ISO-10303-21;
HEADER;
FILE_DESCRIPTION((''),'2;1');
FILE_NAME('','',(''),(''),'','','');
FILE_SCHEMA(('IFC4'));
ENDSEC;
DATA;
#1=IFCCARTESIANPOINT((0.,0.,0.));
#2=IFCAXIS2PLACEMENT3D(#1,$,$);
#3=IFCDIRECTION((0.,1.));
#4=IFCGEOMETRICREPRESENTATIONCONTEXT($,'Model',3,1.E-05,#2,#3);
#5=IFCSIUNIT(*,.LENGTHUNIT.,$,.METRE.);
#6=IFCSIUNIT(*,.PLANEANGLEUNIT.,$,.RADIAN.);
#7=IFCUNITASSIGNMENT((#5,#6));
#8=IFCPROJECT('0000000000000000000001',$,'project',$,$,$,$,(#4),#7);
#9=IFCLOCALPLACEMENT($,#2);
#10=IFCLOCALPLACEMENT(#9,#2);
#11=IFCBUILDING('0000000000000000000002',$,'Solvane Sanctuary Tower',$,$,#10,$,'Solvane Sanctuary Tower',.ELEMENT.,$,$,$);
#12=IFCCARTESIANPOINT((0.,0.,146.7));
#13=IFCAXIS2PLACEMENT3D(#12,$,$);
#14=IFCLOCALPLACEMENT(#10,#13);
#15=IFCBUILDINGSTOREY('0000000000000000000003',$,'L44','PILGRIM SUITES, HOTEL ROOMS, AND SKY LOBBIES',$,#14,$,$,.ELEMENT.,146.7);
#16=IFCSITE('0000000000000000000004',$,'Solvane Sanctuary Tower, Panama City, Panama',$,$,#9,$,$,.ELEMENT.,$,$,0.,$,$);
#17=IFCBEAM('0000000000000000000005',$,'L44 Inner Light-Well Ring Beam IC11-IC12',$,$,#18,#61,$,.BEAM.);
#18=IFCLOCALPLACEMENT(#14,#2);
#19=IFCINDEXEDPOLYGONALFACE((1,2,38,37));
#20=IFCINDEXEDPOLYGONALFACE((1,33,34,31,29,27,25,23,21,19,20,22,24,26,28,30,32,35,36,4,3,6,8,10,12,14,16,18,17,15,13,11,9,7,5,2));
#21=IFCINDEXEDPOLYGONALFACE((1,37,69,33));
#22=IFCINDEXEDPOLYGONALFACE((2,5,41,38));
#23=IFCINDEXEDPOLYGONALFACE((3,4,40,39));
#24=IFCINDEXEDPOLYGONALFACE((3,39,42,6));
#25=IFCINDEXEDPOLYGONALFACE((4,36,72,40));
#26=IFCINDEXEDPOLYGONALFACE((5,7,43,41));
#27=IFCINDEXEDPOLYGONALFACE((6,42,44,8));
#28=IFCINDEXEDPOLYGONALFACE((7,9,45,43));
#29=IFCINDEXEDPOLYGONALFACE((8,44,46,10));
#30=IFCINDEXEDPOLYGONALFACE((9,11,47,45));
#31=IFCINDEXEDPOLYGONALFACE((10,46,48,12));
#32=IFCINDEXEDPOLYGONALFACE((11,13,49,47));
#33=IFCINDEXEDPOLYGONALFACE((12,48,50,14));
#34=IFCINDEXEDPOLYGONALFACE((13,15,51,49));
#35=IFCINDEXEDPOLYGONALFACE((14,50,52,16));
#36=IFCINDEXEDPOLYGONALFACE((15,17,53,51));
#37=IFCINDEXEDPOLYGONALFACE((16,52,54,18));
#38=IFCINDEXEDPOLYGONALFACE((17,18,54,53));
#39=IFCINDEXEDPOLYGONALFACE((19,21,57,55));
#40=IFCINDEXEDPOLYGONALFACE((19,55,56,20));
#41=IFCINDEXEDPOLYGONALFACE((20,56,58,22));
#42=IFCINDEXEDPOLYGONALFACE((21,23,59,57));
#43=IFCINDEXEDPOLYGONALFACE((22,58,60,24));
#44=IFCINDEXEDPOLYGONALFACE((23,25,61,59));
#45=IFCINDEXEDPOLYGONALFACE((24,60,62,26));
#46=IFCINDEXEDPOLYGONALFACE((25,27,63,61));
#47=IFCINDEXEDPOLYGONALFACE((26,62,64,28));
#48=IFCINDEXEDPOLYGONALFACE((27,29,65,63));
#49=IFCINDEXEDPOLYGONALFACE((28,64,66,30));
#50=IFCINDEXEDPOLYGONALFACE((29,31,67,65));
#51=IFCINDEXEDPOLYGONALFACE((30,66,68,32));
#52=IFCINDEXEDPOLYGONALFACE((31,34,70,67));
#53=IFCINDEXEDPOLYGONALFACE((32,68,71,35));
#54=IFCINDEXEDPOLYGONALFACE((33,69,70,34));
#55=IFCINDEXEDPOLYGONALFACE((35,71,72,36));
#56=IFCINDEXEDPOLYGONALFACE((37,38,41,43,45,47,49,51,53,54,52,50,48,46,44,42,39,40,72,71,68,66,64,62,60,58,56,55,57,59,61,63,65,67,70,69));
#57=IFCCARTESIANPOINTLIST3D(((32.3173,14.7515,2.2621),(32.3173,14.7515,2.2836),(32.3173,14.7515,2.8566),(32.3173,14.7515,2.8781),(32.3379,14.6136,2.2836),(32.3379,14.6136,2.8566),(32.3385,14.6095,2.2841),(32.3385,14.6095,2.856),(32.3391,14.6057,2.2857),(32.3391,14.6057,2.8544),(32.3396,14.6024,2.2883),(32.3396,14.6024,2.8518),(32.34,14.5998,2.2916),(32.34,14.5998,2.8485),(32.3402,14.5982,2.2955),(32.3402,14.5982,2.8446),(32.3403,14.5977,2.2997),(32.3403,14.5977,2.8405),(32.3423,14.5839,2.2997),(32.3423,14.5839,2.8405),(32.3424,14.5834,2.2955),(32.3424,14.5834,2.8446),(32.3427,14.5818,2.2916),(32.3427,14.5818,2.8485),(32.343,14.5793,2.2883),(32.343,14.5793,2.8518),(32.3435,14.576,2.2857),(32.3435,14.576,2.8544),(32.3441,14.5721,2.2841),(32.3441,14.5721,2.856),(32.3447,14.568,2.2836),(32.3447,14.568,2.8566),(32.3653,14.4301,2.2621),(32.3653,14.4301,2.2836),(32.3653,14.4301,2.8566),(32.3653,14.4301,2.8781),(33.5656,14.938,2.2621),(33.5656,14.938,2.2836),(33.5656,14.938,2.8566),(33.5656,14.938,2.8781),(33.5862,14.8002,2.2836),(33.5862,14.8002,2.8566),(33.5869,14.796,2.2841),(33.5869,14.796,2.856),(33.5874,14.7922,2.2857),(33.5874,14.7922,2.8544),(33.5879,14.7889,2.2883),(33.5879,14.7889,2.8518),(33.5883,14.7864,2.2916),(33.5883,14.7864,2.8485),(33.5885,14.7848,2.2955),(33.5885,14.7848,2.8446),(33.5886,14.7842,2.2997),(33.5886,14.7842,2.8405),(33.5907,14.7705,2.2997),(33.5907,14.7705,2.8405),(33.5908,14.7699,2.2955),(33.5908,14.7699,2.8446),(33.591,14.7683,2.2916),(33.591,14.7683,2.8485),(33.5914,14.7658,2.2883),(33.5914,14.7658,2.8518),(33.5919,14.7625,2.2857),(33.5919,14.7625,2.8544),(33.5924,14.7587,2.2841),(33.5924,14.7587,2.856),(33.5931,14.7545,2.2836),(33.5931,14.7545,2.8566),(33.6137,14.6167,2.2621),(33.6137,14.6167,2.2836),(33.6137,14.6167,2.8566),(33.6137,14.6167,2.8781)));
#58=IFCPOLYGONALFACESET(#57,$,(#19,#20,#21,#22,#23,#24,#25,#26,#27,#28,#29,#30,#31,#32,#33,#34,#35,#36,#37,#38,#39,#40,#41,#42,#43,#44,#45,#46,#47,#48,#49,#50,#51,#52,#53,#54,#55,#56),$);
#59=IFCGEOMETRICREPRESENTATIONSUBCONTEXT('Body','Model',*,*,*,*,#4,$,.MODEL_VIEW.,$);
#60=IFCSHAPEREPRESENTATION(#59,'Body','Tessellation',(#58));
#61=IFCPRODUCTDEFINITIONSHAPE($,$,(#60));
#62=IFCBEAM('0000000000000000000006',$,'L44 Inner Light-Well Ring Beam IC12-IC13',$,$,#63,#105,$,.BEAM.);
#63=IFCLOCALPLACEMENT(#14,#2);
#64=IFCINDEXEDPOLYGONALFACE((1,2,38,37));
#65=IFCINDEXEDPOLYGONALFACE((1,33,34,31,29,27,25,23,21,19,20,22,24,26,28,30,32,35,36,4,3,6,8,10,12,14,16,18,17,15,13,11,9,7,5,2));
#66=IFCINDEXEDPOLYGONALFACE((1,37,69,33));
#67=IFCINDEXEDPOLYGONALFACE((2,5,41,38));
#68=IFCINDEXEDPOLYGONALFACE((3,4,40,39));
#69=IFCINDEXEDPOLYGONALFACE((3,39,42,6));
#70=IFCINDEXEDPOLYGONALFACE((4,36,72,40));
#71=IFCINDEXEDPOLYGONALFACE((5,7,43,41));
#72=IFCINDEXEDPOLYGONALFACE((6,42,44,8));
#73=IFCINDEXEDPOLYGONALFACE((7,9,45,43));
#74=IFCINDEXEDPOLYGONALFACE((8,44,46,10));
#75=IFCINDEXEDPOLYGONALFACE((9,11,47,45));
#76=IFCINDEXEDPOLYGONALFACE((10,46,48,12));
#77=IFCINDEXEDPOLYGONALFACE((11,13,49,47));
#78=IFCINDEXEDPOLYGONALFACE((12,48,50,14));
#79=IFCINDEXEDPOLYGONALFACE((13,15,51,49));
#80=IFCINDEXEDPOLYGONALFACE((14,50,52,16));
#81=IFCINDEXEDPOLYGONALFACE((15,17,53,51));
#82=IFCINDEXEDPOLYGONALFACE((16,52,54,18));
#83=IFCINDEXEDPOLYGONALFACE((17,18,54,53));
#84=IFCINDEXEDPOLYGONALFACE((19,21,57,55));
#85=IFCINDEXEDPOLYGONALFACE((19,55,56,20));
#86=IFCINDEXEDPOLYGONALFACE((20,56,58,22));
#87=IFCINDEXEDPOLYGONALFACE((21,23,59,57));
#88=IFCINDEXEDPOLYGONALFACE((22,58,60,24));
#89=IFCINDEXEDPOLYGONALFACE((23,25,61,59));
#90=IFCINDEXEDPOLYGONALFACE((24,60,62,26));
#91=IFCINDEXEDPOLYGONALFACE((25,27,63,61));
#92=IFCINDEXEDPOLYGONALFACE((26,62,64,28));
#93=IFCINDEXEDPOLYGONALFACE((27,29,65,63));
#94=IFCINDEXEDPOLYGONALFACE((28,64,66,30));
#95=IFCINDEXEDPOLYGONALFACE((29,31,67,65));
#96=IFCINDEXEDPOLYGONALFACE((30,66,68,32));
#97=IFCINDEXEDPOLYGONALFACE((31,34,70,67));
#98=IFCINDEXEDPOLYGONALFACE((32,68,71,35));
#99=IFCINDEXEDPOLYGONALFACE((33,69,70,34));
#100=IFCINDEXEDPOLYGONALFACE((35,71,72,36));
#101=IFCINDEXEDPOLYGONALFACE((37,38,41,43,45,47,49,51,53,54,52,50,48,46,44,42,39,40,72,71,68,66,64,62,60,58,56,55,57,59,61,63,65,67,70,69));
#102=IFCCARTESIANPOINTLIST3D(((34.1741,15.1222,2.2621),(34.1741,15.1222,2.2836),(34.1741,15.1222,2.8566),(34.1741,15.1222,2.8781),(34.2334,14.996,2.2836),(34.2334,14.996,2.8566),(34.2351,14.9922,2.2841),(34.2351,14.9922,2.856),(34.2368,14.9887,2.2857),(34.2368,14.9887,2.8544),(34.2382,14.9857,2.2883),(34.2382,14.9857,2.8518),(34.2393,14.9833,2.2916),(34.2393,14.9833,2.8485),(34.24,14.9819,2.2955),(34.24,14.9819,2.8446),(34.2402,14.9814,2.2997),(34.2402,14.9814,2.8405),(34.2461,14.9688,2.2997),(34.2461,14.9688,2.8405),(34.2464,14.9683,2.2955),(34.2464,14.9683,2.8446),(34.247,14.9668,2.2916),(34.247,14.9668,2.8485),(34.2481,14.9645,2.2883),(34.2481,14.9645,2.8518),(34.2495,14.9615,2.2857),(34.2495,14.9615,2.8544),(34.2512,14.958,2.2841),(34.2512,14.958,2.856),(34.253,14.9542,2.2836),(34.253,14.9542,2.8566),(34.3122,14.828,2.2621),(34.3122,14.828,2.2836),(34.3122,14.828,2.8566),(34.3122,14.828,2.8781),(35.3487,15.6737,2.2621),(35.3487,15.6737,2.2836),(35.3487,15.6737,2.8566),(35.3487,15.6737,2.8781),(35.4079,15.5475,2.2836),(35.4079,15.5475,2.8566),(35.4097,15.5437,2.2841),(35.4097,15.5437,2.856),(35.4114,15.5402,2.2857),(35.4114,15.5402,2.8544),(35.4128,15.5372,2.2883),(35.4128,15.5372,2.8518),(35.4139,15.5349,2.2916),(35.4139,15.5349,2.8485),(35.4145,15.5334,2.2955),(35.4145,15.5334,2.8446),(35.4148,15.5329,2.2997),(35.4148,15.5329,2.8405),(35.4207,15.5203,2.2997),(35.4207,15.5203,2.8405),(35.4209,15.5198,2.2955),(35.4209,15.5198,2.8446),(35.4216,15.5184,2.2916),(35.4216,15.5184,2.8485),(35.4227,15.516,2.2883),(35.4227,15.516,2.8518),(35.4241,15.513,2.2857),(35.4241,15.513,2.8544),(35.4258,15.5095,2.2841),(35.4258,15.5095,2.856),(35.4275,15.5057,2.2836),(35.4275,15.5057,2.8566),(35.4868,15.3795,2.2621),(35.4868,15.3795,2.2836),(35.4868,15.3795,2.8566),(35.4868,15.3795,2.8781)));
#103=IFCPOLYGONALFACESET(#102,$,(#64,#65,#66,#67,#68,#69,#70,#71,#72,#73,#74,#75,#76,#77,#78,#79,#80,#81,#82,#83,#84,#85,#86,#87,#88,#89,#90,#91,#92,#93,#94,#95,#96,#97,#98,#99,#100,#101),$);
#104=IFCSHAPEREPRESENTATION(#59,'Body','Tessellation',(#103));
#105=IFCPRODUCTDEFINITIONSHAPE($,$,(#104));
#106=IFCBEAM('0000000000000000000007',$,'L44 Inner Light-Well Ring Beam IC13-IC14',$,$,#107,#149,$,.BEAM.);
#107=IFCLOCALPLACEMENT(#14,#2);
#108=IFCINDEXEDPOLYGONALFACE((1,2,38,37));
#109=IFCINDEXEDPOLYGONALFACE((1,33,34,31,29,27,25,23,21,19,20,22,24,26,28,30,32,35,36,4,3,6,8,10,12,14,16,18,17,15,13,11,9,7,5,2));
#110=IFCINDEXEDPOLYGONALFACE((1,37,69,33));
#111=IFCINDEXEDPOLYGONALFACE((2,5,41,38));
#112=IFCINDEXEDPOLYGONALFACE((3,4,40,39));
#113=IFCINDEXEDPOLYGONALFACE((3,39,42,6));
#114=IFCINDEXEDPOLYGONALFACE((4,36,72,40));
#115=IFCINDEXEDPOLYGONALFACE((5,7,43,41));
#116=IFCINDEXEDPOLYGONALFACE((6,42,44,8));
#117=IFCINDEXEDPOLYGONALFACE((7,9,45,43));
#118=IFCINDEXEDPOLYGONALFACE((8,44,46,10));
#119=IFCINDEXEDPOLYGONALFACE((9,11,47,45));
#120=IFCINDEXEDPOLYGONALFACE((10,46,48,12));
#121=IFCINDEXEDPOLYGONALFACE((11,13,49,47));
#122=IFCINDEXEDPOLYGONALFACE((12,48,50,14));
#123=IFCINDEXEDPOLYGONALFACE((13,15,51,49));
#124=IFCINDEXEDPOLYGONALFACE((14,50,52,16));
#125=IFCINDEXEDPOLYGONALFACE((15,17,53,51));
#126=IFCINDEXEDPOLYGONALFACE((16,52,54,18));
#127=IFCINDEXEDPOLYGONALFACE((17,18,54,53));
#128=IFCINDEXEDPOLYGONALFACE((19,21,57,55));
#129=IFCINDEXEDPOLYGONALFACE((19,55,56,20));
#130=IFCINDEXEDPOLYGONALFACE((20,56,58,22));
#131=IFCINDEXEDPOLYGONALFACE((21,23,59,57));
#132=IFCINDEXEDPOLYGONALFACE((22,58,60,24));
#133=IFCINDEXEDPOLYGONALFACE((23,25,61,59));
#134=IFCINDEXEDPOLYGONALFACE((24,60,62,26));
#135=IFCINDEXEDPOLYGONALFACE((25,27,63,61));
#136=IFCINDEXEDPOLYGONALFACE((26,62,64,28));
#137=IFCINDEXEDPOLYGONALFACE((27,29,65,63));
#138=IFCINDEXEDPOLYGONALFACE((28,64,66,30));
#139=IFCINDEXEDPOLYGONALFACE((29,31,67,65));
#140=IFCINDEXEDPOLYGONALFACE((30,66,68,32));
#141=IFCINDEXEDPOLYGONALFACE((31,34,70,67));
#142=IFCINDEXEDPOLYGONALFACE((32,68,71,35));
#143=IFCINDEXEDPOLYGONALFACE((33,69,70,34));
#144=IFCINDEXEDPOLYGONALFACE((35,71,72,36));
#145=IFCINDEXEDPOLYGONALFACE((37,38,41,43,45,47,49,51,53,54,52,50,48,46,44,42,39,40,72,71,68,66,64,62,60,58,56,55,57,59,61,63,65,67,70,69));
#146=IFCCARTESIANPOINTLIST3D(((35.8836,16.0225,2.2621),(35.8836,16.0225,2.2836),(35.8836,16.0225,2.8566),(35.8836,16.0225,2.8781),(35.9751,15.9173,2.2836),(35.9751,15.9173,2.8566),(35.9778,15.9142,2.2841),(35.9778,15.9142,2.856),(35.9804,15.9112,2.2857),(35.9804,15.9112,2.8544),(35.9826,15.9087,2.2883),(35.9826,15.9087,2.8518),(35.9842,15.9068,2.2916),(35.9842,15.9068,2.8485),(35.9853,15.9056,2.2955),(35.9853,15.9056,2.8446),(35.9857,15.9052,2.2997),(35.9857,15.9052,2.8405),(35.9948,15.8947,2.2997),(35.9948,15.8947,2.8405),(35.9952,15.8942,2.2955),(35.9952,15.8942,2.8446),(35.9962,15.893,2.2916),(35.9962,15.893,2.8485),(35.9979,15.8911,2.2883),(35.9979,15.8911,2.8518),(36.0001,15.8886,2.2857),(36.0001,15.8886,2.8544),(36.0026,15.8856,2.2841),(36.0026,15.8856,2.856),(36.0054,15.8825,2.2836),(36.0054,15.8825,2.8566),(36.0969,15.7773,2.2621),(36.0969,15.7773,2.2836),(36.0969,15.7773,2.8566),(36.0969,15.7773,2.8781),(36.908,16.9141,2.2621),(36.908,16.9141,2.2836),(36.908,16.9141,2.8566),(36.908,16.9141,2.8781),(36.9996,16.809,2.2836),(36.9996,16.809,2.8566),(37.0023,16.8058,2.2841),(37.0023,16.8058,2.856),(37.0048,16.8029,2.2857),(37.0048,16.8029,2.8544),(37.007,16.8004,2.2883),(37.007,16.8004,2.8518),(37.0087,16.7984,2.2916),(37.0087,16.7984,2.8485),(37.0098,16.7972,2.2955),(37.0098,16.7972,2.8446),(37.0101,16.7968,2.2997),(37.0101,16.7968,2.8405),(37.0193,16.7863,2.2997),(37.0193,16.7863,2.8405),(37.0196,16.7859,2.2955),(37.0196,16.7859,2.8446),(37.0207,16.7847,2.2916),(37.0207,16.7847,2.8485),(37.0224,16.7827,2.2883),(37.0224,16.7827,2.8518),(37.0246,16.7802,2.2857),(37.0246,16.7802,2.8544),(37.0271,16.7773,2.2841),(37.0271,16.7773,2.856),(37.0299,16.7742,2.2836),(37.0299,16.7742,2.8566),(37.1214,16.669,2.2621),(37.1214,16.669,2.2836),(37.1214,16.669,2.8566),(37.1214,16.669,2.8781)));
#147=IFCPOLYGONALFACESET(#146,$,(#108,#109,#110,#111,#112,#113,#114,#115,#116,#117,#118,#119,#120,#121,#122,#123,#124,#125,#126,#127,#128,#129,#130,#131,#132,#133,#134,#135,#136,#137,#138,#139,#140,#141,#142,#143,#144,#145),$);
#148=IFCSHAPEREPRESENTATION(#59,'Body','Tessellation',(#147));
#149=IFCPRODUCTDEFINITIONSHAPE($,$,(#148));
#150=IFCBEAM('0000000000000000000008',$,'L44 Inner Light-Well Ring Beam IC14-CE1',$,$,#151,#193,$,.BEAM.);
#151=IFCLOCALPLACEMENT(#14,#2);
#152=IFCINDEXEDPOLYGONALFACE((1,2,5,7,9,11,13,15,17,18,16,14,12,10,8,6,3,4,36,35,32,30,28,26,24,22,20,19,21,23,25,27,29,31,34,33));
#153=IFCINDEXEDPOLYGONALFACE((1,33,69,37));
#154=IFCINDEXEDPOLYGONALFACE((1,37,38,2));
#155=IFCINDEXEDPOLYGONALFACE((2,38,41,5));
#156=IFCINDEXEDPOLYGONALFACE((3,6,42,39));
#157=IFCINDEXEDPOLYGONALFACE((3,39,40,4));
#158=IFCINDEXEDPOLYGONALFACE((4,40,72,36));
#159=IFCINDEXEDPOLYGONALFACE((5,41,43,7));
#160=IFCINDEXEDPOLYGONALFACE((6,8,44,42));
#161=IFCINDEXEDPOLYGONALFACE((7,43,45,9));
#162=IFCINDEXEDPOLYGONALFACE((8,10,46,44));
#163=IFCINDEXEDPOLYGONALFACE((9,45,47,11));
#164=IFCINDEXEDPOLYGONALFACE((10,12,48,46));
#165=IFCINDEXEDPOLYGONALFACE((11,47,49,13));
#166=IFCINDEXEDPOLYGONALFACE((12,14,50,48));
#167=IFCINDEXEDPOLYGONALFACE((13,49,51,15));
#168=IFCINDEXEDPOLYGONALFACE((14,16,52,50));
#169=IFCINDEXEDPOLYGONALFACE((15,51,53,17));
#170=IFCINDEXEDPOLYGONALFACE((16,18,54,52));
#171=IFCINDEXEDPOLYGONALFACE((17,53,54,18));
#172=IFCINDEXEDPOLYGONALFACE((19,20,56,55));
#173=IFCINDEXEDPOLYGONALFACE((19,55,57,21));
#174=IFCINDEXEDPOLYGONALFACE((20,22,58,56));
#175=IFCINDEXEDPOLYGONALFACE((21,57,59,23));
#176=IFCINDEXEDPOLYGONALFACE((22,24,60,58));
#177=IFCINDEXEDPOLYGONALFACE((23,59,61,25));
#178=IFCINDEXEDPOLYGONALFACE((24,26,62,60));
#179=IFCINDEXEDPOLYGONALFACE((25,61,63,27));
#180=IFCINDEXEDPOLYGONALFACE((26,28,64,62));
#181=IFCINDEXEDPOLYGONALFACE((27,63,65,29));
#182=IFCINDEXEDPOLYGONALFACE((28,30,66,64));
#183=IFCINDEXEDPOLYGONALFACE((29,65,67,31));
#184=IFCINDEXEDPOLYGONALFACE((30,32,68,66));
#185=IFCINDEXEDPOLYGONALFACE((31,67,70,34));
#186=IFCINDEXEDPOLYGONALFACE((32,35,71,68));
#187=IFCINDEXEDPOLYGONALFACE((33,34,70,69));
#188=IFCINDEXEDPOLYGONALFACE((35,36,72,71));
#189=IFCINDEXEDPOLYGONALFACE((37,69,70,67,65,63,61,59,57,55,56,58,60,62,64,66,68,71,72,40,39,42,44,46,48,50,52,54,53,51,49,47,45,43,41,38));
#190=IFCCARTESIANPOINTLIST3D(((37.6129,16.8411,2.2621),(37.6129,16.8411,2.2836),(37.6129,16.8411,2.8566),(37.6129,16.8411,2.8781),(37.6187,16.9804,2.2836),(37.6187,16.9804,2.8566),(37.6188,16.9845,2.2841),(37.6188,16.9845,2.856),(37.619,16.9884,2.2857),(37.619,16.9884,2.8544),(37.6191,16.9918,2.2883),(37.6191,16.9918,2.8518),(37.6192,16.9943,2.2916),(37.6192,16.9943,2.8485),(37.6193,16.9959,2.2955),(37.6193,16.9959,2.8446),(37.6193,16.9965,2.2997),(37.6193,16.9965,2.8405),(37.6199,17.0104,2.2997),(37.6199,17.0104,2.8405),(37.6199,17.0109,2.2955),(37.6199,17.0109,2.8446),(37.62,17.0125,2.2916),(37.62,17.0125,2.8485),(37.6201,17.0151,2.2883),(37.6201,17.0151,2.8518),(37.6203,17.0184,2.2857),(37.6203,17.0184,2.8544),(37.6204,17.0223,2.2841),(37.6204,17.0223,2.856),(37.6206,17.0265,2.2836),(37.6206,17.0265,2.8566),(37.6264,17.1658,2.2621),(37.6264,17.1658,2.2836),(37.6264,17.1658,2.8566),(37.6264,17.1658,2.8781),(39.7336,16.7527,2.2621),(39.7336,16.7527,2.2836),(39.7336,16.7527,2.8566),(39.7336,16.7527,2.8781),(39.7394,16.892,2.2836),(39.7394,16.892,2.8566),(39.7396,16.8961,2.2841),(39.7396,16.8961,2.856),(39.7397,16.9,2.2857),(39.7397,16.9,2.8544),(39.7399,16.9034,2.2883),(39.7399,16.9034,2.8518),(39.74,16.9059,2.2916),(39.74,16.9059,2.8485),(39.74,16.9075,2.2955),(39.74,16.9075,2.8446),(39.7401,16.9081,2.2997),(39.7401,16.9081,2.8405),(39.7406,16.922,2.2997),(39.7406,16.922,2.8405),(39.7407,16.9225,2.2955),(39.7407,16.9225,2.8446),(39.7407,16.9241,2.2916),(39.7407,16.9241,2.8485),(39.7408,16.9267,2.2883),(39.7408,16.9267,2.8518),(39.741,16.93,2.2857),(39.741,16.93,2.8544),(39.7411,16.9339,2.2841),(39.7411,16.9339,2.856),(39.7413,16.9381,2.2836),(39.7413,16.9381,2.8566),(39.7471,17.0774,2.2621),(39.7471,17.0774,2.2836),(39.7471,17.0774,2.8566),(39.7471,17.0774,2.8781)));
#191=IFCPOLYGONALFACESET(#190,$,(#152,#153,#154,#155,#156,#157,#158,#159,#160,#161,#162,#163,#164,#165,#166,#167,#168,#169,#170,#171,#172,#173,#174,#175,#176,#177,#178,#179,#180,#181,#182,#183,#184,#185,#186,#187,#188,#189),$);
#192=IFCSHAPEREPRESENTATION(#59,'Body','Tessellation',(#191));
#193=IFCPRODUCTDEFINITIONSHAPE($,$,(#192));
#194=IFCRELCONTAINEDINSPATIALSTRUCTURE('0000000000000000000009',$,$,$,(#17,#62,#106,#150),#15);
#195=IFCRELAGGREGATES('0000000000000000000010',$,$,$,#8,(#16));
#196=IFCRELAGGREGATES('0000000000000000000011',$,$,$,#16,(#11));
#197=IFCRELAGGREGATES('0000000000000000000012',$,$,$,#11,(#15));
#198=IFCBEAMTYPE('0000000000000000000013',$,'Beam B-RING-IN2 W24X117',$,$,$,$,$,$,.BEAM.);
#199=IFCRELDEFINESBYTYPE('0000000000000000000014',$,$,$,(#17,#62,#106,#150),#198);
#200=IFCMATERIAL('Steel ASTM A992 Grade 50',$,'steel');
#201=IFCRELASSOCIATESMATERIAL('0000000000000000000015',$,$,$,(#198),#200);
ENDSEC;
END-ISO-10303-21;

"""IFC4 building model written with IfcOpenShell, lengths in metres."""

from ifc_helpers import new_model, si_unit, direction, frame, origin, origin_2d, place, context, subcontext, project, spatial, i_section, extrude, material, material_profile, profile_set, type_object, element, save


model = new_model("IFC4")

# Units and contexts
model_context = context("Model", 3, precision=1e-05, world=origin(), true_north=direction((0.0, 1.0)))
body_context = subcontext(model_context, "Body", "Model", "MODEL_VIEW")
ifc_project = project(units=[si_unit("LENGTHUNIT", "METRE"), si_unit("PLANEANGLEUNIT", "RADIAN")], contexts=[model_context])

# Site, building, storey
site_placement = place(None, origin())
site = spatial("IfcSite", under=ifc_project, at=site_placement, Name="Solvane Sanctuary Tower, Panama City, Panama", CompositionType="ELEMENT", RefElevation=0.0)
building_placement = place(site_placement, origin())
building = spatial("IfcBuilding", under=site, at=building_placement, Name="Solvane Sanctuary Tower", LongName="Solvane Sanctuary Tower", CompositionType="ELEMENT")
storey_placement = place(building_placement, frame((0.0, 0.0, 146.7)))
storey = spatial("IfcBuildingStorey", under=building, at=storey_placement, Name="L44", Description="PILGRIM SUITES, HOTEL ROOMS, AND SKY LOBBIES", CompositionType="ELEMENT", Elevation=146.7)

# Beams
ifc_material_1 = material(Name="Steel ASTM A992 Grade 50", Category="steel")
ifc_material_profile_1 = material_profile(ifc_material_1, i_section(OverallWidth=0.325, OverallDepth=0.616, WebThickness=0.0139, FlangeThickness=0.0215, FilletRadius=0.0161, at=origin_2d()), Name="W24X117")
ifc_profile_set_1 = profile_set([ifc_material_profile_1], Name="Steel ASTM A992 Grade 50")
beam_type_1 = type_object("IfcBeamType", Name="Beam B-RING-IN2 W24X117", PredefinedType="BEAM", material=ifc_profile_set_1)
for number, where, z_axis, x_axis, name in (
    (1, (32.3413, 14.5908, 2.5701), (0.98902, 0.147782, 0.0), (-0.147782, 0.98902, 0.0), "L44 Inner Light-Well Ring Beam IC11-IC12"),
):
    element("IfcBeam", number, at=place(storey_placement, frame(where, z_axis=z_axis, x_axis=x_axis)), inside=storey, type_object=beam_type_1, Name=name, PredefinedType="BEAM", context=body_context, shape_type="SweptSolid", body=[
        extrude(i_section(OverallWidth=0.325, OverallDepth=0.616, WebThickness=0.0139, FlangeThickness=0.0215, FilletRadius=0.0161, at=origin_2d()), origin(), (0.0, 0.0, 1.0), 1.2622),
    ])
beam_1_placement = place(storey_placement, frame((34.2432, 14.9751, 2.5701), z_axis=(0.905181, 0.425027, 0.0), x_axis=(-0.425027, 0.905181, 0.0)))
element("IfcBeam", 2, at=beam_1_placement, inside=storey, type_object=beam_type_1, Name="L44 Inner Light-Well Ring Beam IC12-IC13", PredefinedType="BEAM", context=body_context, shape_type="SweptSolid", body=[
    extrude(i_section(OverallWidth=0.325, OverallDepth=0.616, WebThickness=0.0139, FlangeThickness=0.0215, FilletRadius=0.0161, at=origin_2d()), origin(), (0.0, 0.0, 1.0), 1.2976),
])
beam_2_placement = place(storey_placement, frame((35.9902, 15.8999, 2.5701), z_axis=(0.754311, 0.656517, 0.0), x_axis=(-0.656517, 0.754311, 0.0)))
element("IfcBeam", 3, at=beam_2_placement, inside=storey, type_object=beam_type_1, Name="L44 Inner Light-Well Ring Beam IC13-IC14", PredefinedType="BEAM", context=body_context, shape_type="SweptSolid", body=[
    extrude(i_section(OverallWidth=0.325, OverallDepth=0.616, WebThickness=0.0139, FlangeThickness=0.0215, FilletRadius=0.0161, at=origin_2d()), origin(), (0.0, 0.0, 1.0), 1.3582),
])
beam_3_placement = place(storey_placement, frame((37.6196, 17.0034, 2.5701), z_axis=(0.999133, -0.04164, 0.0), x_axis=(0.04164, 0.999133, 0.0)))
element("IfcBeam", 4, at=beam_3_placement, inside=storey, type_object=beam_type_1, Name="L44 Inner Light-Well Ring Beam IC14-CE1", PredefinedType="BEAM", context=body_context, shape_type="SweptSolid", body=[
    extrude(i_section(OverallWidth=0.325, OverallDepth=0.616, WebThickness=0.0139, FlangeThickness=0.0215, FilletRadius=0.0161, at=origin_2d()), origin(), (0.0, 0.0, 1.0), 2.1226),
])

save(model, "model.ifc")
